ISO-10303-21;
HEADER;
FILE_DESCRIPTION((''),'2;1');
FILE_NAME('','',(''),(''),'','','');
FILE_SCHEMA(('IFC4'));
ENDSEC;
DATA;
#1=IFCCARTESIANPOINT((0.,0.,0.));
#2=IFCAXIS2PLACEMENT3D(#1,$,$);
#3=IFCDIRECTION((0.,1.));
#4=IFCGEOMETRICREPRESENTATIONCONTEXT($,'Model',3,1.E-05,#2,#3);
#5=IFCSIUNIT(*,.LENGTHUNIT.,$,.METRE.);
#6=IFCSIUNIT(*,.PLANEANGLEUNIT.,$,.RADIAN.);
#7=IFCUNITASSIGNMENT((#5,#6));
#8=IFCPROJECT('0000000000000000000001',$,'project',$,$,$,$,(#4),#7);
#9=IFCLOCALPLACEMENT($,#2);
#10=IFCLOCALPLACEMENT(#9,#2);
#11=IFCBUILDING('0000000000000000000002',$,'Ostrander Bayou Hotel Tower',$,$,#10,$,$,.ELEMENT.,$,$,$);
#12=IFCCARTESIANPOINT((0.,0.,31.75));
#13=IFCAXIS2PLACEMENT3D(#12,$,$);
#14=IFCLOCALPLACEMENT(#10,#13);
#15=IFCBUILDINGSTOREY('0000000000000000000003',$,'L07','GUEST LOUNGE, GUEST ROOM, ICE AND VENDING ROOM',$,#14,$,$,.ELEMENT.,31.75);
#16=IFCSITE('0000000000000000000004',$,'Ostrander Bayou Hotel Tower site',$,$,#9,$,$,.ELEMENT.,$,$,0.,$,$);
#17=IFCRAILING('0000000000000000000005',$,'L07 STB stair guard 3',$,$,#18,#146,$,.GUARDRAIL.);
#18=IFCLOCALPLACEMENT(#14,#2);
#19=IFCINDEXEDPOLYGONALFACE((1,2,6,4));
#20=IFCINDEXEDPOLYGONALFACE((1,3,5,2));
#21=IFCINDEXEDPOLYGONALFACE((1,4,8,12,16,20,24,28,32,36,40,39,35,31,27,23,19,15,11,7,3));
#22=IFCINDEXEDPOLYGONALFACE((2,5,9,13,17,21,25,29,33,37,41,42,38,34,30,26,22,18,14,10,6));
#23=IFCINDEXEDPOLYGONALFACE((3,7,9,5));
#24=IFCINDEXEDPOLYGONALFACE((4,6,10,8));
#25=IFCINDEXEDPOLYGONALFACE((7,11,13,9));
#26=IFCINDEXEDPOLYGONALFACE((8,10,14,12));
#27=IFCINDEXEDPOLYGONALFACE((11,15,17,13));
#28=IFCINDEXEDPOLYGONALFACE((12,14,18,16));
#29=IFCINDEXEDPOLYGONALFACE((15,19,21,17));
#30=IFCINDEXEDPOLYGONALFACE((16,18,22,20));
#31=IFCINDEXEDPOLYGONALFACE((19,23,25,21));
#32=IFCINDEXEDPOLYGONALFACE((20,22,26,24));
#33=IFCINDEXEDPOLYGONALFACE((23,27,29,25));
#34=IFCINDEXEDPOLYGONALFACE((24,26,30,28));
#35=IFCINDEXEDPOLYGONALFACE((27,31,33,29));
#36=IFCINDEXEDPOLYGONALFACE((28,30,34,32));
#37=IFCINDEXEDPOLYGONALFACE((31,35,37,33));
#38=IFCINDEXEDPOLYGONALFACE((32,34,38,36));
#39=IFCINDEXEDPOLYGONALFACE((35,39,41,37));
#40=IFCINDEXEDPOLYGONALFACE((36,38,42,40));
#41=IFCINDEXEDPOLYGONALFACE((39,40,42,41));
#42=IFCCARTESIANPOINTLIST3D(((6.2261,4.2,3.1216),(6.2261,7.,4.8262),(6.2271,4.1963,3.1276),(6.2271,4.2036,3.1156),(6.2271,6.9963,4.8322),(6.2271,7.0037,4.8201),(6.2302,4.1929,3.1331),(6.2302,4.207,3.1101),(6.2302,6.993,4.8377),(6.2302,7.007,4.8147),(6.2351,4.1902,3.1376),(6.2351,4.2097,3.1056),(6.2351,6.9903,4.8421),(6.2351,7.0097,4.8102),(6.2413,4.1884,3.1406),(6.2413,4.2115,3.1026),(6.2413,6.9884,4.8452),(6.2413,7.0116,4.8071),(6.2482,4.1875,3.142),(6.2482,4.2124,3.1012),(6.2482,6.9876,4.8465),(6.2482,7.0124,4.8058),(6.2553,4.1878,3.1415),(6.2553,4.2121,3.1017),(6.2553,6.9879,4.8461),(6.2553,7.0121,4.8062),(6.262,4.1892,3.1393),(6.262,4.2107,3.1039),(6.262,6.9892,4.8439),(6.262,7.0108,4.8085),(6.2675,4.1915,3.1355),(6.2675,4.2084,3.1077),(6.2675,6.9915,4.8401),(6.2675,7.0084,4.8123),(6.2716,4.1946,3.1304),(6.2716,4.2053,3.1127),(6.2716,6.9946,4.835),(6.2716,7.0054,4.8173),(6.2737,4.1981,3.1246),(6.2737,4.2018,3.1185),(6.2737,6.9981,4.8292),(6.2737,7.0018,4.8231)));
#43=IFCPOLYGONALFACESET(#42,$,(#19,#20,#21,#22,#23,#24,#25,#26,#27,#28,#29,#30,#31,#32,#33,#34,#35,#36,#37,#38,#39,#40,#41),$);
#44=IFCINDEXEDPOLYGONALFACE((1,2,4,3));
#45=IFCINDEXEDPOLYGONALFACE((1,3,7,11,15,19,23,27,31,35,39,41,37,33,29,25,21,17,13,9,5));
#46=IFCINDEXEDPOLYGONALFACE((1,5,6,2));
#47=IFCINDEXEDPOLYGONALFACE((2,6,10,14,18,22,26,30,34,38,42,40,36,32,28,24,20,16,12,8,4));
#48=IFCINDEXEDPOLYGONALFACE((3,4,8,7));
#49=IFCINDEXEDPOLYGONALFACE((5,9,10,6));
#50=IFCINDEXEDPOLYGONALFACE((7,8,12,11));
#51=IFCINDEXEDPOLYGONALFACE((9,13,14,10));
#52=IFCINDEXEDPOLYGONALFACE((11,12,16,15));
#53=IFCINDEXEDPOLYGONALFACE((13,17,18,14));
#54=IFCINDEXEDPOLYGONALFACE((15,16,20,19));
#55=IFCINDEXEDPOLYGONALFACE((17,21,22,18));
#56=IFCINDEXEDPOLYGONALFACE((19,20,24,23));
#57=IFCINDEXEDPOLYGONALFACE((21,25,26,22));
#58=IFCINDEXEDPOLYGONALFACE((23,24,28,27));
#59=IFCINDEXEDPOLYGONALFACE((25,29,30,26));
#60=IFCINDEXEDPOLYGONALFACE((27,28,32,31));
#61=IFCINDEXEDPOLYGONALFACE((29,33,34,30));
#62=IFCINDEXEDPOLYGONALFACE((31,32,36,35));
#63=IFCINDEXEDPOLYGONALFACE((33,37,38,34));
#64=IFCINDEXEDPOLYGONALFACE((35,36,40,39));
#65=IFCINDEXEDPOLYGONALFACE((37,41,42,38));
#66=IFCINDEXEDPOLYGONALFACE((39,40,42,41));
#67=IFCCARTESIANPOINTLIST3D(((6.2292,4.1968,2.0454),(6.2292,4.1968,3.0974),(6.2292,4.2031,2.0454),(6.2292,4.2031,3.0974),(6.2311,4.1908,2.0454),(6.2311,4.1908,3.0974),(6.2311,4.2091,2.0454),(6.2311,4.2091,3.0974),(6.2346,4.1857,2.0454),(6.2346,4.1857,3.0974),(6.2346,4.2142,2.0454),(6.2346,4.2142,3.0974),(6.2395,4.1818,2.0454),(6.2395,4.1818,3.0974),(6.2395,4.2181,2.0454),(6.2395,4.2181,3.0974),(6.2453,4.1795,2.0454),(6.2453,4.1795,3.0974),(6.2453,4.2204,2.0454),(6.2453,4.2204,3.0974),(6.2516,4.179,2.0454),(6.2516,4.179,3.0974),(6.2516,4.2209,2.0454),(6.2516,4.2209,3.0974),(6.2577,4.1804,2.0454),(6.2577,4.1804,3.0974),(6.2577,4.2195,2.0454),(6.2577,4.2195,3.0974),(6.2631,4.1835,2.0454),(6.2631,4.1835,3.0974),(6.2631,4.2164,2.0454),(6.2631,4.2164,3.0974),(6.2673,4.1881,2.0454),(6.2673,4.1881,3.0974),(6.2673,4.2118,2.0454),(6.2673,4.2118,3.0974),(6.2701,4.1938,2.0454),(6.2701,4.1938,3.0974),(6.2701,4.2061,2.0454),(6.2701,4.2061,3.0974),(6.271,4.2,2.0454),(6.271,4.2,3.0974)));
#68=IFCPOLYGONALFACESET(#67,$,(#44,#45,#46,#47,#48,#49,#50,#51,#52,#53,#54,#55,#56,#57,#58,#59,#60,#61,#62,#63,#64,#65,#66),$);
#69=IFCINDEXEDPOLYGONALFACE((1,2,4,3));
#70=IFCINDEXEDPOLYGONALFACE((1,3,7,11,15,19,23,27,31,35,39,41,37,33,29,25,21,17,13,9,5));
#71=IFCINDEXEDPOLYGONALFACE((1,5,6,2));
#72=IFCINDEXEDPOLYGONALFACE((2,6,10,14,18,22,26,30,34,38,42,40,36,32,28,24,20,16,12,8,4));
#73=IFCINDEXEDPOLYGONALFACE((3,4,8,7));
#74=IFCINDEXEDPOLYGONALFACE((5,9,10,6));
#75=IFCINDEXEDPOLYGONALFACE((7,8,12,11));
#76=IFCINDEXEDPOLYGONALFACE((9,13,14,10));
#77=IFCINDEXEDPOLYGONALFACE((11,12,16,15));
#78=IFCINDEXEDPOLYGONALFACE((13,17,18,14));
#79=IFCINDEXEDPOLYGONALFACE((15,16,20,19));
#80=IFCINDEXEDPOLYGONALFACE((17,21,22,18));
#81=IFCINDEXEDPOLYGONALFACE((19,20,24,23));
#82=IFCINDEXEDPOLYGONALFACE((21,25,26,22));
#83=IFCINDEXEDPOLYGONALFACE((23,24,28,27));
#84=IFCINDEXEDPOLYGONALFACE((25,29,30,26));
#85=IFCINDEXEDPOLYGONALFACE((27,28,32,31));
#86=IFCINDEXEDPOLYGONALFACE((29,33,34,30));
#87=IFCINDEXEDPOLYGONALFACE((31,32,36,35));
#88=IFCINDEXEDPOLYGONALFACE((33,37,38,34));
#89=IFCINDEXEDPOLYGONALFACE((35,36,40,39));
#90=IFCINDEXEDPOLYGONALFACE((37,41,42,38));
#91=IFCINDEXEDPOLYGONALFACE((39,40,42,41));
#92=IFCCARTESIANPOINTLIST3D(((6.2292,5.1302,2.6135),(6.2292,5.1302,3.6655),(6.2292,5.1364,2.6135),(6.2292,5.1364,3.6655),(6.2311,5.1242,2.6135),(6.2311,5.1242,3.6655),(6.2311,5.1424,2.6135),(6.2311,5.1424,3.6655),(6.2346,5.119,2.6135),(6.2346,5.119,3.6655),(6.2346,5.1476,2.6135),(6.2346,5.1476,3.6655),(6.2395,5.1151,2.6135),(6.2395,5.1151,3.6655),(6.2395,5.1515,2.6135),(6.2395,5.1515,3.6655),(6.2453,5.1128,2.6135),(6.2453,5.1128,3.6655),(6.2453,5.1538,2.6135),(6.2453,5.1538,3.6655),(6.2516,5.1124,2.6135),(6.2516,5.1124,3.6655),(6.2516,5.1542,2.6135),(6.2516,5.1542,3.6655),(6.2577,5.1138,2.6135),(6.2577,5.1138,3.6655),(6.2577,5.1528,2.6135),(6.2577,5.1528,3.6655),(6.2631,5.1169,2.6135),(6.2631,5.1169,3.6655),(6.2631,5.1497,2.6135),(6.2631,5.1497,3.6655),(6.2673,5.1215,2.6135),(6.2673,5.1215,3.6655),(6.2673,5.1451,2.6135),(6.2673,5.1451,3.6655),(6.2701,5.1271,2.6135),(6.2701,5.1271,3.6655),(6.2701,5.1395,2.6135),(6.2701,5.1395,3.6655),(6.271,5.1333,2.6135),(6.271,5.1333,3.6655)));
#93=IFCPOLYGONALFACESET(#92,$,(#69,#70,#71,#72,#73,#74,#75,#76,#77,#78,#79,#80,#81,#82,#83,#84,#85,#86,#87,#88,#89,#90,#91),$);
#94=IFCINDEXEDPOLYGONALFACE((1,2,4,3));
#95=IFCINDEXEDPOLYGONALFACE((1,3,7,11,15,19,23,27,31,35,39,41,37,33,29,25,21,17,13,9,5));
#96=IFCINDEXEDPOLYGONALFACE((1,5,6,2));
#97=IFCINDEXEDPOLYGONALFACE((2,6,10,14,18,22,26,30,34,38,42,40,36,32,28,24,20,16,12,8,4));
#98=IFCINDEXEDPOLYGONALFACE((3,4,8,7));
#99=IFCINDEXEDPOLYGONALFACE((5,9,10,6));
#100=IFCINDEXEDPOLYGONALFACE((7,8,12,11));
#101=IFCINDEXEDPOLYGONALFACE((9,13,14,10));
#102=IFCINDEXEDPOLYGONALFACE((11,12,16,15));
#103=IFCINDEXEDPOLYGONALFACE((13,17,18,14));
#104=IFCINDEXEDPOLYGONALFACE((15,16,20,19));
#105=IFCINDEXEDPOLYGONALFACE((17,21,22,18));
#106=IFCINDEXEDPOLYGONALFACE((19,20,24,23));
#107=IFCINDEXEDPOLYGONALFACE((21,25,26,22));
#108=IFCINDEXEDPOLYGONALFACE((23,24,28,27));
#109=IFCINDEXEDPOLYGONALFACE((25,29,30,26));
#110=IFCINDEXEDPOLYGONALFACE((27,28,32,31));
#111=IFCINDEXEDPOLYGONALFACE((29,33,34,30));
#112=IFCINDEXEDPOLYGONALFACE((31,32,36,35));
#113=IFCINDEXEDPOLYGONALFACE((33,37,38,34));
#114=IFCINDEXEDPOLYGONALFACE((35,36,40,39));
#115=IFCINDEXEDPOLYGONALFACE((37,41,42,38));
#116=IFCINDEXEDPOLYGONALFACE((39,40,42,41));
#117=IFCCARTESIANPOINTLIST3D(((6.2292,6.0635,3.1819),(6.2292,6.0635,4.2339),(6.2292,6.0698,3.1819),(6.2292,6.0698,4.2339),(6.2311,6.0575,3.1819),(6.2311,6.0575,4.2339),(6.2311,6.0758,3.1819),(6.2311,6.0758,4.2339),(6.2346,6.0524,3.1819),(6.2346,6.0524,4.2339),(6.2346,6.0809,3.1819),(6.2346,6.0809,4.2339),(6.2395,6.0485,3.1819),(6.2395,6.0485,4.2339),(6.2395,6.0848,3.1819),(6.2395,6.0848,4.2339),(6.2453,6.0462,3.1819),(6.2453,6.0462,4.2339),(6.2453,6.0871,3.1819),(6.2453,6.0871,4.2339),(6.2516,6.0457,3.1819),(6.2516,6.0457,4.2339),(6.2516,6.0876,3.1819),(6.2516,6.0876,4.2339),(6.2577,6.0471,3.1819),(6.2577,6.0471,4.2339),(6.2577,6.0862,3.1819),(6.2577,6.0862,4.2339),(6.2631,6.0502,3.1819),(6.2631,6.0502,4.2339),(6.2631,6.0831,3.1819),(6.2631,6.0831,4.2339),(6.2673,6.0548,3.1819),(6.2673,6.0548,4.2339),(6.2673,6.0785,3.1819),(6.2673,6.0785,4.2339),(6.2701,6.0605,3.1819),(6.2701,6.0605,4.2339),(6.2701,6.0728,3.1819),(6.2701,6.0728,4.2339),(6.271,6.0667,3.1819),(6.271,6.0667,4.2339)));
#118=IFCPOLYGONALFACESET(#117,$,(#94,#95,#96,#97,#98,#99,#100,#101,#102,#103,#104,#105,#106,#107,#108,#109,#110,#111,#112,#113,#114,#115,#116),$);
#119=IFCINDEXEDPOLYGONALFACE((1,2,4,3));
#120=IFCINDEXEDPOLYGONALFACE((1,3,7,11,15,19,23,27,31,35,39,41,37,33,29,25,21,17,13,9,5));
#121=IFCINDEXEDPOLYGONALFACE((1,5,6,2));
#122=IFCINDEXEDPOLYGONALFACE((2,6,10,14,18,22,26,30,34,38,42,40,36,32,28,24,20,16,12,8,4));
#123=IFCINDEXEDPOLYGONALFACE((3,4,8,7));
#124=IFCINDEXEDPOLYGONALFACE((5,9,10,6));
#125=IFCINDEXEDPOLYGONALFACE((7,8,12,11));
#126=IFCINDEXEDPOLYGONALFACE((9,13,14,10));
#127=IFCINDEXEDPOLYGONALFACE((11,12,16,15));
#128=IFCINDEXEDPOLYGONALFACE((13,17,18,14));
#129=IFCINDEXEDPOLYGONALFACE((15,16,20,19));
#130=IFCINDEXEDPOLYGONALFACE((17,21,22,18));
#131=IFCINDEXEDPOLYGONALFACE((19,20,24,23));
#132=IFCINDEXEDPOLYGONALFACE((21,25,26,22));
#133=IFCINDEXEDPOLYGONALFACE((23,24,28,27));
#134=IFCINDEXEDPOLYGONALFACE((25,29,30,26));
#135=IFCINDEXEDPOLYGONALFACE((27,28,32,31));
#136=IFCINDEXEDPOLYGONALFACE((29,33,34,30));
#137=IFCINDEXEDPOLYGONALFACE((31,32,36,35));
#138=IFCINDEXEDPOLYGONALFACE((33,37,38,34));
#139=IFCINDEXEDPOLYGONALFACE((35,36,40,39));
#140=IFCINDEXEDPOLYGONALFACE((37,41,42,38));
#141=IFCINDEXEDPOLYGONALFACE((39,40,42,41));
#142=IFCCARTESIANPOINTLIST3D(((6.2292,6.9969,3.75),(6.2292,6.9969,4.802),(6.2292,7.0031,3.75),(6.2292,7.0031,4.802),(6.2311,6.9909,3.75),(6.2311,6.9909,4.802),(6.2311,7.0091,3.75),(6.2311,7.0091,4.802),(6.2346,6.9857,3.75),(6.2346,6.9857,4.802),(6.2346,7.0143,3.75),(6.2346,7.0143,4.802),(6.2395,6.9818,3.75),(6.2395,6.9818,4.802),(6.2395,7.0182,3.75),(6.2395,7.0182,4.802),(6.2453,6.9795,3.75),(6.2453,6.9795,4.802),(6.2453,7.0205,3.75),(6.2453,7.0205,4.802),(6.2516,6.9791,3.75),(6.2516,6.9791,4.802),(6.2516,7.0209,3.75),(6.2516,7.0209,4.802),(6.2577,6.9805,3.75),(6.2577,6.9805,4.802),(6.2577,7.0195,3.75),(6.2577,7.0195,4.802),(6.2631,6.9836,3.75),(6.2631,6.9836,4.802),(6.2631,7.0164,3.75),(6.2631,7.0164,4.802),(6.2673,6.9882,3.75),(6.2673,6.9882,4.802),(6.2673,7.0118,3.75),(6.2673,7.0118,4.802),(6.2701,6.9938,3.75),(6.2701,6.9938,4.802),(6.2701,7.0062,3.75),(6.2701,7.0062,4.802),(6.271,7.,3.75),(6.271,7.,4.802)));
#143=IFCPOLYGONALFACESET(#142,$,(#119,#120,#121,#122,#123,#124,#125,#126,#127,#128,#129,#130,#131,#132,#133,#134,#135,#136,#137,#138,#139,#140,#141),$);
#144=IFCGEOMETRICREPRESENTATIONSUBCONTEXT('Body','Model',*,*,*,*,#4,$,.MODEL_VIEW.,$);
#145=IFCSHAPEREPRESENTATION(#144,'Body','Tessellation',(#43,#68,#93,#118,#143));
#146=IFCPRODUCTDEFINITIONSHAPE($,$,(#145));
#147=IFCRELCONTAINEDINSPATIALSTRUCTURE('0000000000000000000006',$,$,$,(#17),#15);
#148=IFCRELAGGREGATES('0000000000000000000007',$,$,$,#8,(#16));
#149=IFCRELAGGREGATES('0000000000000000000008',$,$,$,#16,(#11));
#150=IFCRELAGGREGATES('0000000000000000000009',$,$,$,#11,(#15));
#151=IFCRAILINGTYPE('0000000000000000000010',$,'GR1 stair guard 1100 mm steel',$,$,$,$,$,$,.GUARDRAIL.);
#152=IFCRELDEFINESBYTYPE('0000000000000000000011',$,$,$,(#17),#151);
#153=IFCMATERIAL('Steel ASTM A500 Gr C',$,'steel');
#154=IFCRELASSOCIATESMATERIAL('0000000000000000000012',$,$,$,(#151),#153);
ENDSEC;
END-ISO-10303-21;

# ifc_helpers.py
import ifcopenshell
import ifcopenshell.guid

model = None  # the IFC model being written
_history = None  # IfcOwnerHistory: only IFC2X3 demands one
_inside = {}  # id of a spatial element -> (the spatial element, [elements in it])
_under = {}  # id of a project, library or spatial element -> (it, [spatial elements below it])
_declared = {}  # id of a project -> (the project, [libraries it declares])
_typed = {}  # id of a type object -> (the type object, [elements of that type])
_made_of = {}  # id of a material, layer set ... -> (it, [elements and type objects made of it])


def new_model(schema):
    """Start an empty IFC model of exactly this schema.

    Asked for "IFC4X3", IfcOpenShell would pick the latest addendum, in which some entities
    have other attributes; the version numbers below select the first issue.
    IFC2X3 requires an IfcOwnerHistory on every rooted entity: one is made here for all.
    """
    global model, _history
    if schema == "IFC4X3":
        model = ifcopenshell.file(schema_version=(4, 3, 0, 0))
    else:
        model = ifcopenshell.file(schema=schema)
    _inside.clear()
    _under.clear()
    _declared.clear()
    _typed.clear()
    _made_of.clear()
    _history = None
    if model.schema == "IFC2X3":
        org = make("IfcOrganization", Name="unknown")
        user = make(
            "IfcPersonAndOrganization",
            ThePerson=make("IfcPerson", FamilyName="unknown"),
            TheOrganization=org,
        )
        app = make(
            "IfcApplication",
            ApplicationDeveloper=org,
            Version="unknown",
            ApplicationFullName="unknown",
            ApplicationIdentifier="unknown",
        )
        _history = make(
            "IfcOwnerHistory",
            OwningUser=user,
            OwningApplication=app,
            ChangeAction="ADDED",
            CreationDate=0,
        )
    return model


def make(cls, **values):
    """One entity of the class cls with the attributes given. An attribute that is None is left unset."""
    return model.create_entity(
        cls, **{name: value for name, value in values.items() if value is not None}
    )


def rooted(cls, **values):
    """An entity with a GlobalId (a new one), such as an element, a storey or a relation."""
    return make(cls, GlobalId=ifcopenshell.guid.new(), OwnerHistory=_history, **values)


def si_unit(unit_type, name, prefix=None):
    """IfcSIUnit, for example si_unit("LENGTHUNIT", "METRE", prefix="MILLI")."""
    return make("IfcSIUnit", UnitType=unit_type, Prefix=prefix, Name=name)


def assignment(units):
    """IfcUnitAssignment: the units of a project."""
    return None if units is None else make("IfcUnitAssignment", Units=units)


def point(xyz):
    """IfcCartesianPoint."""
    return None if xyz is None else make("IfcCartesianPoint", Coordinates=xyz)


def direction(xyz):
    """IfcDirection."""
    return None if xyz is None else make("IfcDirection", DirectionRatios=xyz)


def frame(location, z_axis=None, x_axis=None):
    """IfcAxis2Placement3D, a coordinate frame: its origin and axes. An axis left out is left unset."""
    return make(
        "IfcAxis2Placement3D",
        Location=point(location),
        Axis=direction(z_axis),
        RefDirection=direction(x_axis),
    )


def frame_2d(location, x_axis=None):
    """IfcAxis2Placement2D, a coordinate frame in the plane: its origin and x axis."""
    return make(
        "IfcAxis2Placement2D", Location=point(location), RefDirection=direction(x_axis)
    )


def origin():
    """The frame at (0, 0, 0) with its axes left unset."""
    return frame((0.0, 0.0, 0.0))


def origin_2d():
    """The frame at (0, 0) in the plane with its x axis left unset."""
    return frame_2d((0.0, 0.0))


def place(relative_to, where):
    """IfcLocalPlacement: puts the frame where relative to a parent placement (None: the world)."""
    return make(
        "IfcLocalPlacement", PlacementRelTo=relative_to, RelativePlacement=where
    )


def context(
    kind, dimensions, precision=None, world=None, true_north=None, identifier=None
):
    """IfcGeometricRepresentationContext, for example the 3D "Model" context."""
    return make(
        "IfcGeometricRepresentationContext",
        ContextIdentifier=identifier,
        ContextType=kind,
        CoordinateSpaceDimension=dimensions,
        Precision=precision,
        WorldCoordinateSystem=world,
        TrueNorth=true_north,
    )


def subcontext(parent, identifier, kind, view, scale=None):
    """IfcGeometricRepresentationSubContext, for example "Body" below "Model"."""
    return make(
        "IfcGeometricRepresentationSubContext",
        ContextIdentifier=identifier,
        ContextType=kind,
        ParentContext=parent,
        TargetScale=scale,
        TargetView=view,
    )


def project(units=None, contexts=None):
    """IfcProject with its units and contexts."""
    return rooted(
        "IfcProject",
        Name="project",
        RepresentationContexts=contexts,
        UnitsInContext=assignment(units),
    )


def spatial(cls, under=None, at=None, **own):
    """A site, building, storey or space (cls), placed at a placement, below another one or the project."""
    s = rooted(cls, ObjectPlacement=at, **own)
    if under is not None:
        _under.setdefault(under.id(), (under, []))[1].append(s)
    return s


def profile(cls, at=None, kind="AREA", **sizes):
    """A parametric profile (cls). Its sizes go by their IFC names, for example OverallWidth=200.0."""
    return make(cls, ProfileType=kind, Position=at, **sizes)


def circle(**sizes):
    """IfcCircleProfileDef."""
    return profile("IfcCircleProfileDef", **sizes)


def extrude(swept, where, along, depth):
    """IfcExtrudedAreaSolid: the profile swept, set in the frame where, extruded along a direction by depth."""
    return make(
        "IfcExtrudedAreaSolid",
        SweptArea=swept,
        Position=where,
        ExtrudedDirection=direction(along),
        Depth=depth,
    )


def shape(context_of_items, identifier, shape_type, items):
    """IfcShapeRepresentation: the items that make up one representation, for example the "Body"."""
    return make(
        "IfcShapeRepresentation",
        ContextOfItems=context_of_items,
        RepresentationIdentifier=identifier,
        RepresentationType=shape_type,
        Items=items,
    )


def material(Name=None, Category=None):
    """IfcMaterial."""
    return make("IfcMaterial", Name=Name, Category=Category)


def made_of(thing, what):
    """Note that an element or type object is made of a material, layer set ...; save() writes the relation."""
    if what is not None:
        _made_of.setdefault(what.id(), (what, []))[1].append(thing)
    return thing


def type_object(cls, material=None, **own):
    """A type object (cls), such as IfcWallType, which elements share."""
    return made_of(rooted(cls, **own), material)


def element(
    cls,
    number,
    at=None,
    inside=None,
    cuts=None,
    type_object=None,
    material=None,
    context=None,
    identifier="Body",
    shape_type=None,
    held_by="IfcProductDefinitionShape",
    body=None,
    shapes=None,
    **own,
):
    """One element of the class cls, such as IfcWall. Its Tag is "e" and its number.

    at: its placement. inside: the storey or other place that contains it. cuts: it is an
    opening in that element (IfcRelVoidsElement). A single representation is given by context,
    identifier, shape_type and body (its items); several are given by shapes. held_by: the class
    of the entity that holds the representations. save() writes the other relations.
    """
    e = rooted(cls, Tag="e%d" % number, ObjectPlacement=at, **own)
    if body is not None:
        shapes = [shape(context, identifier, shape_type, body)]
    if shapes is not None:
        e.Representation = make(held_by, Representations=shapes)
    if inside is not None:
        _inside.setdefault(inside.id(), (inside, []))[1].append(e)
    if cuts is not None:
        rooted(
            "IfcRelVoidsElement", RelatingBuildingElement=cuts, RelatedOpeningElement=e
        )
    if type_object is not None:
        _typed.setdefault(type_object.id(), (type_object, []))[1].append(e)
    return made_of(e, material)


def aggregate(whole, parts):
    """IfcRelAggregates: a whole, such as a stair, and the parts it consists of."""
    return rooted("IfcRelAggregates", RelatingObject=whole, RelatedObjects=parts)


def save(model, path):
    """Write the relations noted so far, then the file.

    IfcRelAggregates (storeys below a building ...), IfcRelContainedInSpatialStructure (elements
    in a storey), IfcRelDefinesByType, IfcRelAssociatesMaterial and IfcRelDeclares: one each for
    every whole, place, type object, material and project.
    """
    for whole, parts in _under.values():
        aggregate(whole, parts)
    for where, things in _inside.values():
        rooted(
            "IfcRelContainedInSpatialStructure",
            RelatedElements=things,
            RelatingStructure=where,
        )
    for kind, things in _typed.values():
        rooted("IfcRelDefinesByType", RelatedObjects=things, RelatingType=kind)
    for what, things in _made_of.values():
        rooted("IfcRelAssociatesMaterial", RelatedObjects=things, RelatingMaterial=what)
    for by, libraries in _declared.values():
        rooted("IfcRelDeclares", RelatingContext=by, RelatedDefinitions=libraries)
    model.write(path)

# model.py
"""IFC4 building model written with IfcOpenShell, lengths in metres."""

from ifc_helpers import new_model, si_unit, direction, frame, origin, origin_2d, place, context, subcontext, project, spatial, circle, extrude, material, type_object, element, save


model = new_model("IFC4")

# Units and contexts
model_context = context("Model", 3, precision=1e-05, world=origin(), true_north=direction((0.0, 1.0)))
body_context = subcontext(model_context, "Body", "Model", "MODEL_VIEW")
ifc_project = project(units=[si_unit("LENGTHUNIT", "METRE"), si_unit("PLANEANGLEUNIT", "RADIAN")], contexts=[model_context])

# Site, building, storey
site_placement = place(None, origin())
site = spatial("IfcSite", under=ifc_project, at=site_placement, Name="Ostrander Bayou Hotel Tower site", CompositionType="ELEMENT", RefElevation=0.0)
building_placement = place(site_placement, origin())
building = spatial("IfcBuilding", under=site, at=building_placement, Name="Ostrander Bayou Hotel Tower", CompositionType="ELEMENT")
storey_placement = place(building_placement, frame((0.0, 0.0, 31.75)))
storey = spatial("IfcBuildingStorey", under=building, at=storey_placement, Name="L07", Description="GUEST LOUNGE, GUEST ROOM, ICE AND VENDING ROOM", CompositionType="ELEMENT", Elevation=31.75)

# Railing
ifc_material_1 = material(Name="Steel ASTM A500 Gr C", Category="steel")
railing_type_1 = type_object("IfcRailingType", Name="GR1 stair guard 1100 mm steel", PredefinedType="GUARDRAIL", material=ifc_material_1)
railing_1_placement = place(storey_placement, frame((6.25, 4.2, 2.0454)))
element("IfcRailing", 1, at=railing_1_placement, inside=storey, type_object=railing_type_1, Name="L07 STB stair guard 3", PredefinedType="GUARDRAIL", context=body_context, shape_type="SweptSolid", body=[
    extrude(circle(Radius=0.0239, at=origin_2d()), frame((0.0, 0.0, 1.0762), z_axis=(0.0, 0.85417, 0.519994), x_axis=(-1.0, 0.0, 0.0)), (0.0, 0.0, 1.0), 3.2781),
    extrude(circle(Radius=0.021, at=origin_2d()), origin(), (0.0, 0.0, 1.0), 1.052),
    extrude(circle(Radius=0.021, at=origin_2d()), frame((0.0, 0.9333, 0.5681)), (0.0, 0.0, 1.0), 1.052),
    extrude(circle(Radius=0.021, at=origin_2d()), frame((0.0, 1.8667, 1.1365)), (0.0, 0.0, 1.0), 1.052),
    extrude(circle(Radius=0.021, at=origin_2d()), frame((0.0, 2.8, 1.7046)), (0.0, 0.0, 1.0), 1.052),
])

save(model, "model.ifc")
